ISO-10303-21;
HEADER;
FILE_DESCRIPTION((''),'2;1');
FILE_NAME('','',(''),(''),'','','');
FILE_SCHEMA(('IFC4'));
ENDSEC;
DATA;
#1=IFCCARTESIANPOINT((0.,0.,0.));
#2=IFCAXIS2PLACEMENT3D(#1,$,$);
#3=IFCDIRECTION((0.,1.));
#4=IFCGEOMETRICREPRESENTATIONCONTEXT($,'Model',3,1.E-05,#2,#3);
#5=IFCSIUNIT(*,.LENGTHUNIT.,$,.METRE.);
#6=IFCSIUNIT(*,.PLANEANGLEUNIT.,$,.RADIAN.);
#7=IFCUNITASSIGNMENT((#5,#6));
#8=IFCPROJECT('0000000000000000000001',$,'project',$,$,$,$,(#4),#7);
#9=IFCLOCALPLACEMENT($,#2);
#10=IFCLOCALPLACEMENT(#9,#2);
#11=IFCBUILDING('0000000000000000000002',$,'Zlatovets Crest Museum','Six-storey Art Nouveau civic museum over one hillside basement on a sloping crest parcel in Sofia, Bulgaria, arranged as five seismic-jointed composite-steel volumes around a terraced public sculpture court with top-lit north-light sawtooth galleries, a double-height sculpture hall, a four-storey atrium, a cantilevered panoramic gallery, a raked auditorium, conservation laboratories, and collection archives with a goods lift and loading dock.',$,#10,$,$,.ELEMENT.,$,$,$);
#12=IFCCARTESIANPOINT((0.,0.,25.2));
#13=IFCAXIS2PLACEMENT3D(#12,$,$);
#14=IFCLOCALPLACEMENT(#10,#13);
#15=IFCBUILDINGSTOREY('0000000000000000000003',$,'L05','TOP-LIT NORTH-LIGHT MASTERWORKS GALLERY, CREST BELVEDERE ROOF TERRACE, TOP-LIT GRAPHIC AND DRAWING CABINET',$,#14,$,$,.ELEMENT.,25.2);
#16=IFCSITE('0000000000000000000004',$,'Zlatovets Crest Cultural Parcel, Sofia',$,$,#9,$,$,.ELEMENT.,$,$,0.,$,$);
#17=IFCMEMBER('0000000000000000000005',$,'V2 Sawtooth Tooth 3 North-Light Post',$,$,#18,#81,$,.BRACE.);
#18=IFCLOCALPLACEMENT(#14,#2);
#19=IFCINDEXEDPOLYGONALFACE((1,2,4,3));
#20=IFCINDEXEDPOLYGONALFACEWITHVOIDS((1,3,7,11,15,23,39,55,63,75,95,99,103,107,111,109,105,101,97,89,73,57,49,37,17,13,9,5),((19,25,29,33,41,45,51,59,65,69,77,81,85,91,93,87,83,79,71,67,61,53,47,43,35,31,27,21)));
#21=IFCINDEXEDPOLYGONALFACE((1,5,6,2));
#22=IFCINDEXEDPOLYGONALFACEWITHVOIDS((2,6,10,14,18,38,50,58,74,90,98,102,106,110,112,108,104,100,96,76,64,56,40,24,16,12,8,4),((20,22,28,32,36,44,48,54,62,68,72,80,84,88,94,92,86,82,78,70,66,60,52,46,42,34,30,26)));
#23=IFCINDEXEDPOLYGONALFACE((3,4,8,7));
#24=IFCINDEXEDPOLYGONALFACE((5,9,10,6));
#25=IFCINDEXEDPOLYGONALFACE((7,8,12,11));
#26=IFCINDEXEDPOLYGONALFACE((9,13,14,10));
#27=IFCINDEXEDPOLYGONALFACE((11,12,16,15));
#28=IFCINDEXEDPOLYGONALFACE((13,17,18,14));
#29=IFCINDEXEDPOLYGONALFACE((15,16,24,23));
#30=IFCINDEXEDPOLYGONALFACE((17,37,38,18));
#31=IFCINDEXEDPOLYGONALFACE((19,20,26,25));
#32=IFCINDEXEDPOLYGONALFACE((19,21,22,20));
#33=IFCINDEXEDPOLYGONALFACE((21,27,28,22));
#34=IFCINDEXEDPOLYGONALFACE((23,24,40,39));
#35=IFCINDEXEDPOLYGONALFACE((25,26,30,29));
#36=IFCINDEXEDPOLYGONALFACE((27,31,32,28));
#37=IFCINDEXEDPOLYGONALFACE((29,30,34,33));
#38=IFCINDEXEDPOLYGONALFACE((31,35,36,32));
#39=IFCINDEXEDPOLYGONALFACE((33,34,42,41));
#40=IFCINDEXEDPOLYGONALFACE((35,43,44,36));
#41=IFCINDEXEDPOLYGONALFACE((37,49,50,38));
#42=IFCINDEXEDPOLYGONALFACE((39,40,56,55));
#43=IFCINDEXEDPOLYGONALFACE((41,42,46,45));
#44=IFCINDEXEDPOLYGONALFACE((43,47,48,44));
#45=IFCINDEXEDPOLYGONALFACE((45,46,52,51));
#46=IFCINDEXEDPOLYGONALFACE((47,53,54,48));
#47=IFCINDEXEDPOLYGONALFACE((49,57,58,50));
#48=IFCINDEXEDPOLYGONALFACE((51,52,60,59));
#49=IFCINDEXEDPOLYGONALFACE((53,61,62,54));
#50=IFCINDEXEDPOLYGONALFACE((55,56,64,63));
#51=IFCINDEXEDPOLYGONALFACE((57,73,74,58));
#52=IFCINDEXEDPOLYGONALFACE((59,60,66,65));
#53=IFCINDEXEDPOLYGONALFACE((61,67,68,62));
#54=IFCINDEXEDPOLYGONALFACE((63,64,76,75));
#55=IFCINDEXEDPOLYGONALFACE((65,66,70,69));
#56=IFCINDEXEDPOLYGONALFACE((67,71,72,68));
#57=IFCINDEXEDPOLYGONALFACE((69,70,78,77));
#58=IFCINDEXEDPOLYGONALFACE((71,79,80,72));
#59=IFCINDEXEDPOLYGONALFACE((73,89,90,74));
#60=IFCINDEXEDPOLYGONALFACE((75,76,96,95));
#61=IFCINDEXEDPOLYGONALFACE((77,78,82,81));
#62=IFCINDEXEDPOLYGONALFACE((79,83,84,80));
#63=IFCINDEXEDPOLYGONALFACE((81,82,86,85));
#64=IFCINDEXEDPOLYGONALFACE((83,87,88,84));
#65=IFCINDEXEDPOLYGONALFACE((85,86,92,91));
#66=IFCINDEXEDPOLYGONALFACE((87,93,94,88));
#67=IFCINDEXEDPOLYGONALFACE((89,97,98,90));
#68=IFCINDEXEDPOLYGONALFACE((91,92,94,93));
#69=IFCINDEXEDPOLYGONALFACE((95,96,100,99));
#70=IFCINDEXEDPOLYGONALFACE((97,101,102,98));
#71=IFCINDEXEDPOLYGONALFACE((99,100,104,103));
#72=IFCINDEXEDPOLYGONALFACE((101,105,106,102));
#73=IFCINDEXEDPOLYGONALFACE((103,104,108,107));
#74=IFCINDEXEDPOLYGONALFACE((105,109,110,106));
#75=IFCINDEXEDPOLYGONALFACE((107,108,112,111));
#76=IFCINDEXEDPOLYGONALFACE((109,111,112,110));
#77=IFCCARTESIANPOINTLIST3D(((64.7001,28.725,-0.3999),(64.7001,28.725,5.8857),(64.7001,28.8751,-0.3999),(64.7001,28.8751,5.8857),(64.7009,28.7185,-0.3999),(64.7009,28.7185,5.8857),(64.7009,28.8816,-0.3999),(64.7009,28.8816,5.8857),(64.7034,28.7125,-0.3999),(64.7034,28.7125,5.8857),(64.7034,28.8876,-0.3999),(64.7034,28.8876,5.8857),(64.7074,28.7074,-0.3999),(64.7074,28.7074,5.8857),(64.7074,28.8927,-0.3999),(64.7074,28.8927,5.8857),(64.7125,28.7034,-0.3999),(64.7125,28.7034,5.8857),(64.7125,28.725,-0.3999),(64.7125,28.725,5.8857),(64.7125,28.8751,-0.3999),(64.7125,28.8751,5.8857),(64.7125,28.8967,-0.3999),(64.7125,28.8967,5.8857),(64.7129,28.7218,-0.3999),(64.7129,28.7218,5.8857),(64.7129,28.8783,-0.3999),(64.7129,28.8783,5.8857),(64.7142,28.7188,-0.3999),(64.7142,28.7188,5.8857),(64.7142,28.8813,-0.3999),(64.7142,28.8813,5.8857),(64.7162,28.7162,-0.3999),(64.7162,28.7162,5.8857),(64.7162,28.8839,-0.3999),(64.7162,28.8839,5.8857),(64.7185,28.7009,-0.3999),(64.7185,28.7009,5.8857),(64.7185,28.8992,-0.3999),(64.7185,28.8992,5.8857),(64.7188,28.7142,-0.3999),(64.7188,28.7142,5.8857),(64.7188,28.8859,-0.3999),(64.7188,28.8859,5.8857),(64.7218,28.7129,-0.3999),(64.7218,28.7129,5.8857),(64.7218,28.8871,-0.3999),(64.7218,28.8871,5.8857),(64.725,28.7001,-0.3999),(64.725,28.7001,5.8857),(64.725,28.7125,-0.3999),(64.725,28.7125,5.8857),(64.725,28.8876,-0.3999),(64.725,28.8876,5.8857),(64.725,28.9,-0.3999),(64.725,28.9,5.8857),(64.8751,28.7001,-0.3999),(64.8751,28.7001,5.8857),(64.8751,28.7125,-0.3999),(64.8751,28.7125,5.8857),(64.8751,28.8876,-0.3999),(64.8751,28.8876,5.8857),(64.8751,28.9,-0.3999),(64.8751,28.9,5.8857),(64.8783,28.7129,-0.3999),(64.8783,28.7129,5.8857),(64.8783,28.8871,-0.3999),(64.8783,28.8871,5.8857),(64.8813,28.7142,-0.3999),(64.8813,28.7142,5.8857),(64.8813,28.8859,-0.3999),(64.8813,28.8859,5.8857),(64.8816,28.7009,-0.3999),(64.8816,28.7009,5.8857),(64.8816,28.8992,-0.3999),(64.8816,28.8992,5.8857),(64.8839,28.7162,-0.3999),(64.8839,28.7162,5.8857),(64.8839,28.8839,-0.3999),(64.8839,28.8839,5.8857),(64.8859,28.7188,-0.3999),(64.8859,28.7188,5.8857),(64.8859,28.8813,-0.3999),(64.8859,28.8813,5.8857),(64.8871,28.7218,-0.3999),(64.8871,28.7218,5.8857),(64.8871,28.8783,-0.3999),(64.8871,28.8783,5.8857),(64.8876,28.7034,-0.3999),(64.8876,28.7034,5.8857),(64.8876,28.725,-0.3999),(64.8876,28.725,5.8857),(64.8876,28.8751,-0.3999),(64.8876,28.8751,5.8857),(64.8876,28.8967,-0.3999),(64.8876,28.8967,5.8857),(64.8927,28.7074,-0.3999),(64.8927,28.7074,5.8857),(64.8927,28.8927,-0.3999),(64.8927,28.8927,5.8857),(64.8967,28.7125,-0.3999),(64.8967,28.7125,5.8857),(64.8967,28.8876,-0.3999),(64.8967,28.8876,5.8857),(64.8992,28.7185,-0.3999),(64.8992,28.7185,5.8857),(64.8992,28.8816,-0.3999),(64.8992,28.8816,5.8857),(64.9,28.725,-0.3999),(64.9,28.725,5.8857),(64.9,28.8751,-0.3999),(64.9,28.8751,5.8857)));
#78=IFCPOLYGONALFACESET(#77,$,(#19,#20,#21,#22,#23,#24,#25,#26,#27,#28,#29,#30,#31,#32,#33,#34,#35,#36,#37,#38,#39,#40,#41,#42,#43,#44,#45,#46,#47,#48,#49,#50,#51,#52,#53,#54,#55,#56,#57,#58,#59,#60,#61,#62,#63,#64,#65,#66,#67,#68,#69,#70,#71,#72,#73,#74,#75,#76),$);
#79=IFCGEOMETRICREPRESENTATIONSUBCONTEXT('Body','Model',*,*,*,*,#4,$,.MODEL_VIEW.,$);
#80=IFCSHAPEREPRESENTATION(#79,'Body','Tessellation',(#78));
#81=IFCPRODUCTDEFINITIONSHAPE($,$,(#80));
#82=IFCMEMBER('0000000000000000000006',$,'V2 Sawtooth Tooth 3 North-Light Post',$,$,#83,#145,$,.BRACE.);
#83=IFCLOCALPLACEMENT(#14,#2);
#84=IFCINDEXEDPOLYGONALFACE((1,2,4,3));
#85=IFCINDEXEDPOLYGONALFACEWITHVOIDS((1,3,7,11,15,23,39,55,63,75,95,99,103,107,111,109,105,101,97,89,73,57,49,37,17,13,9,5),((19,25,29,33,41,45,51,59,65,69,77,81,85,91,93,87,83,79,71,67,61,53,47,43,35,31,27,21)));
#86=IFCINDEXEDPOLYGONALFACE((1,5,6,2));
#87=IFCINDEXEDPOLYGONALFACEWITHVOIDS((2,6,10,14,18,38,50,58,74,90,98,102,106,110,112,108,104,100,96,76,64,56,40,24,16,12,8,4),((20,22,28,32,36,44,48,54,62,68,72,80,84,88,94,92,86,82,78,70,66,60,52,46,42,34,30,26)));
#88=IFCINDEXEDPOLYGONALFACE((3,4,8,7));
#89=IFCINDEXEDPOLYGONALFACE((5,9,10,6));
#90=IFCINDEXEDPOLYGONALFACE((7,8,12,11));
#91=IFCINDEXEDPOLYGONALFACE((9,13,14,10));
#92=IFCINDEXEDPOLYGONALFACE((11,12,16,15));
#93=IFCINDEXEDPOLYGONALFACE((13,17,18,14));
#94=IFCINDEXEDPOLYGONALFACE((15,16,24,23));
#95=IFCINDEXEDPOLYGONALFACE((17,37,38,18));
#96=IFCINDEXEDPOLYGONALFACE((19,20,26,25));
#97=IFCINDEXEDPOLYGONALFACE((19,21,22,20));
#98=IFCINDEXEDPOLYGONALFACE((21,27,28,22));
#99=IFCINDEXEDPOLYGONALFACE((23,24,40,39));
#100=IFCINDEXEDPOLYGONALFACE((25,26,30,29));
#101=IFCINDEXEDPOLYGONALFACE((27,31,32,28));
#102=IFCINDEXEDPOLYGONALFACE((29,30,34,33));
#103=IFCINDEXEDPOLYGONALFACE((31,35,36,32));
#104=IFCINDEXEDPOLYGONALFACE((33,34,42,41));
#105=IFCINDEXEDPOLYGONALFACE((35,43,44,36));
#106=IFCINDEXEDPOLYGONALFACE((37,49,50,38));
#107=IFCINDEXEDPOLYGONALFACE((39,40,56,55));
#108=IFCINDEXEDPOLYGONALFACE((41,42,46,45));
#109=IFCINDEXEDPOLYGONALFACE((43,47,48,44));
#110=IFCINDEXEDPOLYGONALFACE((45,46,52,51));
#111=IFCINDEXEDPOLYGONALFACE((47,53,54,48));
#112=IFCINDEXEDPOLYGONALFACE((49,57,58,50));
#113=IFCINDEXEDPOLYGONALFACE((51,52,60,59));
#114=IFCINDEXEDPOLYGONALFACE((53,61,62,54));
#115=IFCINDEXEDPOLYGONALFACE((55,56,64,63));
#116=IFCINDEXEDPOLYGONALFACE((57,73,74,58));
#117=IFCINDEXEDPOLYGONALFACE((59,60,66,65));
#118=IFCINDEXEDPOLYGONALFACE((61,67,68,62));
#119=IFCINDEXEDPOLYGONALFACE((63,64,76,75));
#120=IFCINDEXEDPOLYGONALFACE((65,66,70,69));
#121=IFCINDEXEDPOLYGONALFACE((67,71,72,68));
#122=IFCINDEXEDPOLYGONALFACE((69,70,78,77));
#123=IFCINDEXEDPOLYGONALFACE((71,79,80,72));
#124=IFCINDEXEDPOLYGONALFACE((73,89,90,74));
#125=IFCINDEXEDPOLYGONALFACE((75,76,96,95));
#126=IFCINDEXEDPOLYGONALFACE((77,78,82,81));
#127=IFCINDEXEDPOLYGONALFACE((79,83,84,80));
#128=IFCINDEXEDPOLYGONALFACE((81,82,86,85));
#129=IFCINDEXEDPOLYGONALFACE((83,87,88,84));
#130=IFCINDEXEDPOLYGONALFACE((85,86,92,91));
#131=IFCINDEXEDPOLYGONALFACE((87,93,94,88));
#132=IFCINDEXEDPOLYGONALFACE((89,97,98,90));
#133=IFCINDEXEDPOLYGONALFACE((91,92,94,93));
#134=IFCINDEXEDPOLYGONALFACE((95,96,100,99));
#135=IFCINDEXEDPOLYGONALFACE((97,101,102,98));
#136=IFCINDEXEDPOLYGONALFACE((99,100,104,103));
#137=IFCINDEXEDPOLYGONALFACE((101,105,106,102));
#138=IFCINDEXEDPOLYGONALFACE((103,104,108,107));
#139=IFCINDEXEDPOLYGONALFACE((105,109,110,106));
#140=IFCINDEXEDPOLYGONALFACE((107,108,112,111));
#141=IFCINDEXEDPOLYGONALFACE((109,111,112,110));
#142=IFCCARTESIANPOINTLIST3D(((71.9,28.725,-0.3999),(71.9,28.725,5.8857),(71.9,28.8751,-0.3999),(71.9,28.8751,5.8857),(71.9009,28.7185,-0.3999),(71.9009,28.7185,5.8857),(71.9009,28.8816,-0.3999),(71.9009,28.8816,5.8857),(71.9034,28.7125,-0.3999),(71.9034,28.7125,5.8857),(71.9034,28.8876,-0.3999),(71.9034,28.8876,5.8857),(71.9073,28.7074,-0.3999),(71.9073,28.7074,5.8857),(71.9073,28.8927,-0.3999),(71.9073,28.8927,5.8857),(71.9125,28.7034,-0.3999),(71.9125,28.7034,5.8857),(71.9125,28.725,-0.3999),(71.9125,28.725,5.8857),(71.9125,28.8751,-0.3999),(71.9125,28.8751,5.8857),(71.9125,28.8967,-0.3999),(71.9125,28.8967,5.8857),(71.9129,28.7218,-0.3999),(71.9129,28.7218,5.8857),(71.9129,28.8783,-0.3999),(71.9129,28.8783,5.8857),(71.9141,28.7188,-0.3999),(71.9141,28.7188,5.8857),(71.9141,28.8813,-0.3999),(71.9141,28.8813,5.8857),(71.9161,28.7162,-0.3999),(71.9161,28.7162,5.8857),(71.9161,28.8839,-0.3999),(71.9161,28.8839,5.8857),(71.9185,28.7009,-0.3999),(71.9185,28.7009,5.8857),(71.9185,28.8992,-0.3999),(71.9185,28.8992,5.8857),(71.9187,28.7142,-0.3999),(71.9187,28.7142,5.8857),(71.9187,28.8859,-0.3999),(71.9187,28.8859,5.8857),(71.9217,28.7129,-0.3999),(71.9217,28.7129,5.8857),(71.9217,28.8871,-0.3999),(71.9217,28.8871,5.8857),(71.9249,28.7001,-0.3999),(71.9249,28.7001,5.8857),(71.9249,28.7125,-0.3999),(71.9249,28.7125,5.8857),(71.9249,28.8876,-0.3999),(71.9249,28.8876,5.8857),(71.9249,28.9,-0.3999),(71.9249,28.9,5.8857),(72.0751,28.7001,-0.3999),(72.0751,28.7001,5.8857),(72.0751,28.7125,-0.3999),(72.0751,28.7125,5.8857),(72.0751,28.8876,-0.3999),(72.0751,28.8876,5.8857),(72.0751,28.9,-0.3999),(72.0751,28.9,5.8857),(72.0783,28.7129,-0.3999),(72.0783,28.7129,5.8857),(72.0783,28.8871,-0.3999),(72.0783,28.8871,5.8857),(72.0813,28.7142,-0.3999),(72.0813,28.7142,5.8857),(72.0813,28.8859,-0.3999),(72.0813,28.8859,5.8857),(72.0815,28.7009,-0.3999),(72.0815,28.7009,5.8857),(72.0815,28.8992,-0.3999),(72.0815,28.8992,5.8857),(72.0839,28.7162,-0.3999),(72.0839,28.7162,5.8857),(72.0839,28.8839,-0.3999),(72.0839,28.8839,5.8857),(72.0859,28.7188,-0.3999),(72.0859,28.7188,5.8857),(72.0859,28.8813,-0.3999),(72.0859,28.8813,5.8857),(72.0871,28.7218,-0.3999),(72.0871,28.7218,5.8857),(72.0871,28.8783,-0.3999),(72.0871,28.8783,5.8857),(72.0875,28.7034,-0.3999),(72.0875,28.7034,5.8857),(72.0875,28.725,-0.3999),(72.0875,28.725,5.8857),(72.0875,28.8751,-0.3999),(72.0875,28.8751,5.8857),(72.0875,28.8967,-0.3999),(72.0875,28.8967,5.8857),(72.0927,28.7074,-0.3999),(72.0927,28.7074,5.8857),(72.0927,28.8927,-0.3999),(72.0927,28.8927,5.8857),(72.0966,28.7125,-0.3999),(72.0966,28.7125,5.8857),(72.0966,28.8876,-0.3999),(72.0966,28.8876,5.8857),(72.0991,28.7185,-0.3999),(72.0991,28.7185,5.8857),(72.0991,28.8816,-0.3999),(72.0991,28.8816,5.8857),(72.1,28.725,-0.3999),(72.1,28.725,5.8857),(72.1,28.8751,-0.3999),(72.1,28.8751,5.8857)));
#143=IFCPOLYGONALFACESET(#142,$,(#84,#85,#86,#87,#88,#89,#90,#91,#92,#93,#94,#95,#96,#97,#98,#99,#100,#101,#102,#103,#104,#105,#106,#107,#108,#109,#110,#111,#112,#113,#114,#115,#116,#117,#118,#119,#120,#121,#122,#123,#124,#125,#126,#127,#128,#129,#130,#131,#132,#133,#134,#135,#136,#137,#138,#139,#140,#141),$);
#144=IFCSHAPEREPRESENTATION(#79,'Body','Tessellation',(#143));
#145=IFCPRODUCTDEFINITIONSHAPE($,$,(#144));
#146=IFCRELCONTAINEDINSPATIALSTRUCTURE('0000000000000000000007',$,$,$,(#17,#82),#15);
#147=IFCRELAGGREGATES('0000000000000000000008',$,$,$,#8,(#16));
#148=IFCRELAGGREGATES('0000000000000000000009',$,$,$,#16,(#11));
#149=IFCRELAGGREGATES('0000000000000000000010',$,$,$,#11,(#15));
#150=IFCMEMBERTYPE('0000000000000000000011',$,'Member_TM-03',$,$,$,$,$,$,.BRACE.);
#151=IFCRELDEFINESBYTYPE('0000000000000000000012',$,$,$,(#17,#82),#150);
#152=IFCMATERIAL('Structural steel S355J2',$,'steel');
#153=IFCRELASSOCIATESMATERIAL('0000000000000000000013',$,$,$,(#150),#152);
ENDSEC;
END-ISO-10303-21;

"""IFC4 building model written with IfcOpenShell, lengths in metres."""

from ifc_helpers import new_model, si_unit, direction, frame, origin, origin_2d, place, context, subcontext, project, spatial, hollow_rectangle, extrude, material, material_profile, profile_set, type_object, element, save


model = new_model("IFC4")

# Units and contexts
model_context = context("Model", 3, precision=1e-05, world=origin(), true_north=direction((0.0, 1.0)))
body_context = subcontext(model_context, "Body", "Model", "MODEL_VIEW")
ifc_project = project(units=[si_unit("LENGTHUNIT", "METRE"), si_unit("PLANEANGLEUNIT", "RADIAN")], contexts=[model_context])

# Site, building, storey
site_placement = place(None, origin())
site = spatial("IfcSite", under=ifc_project, at=site_placement, Name="Zlatovets Crest Cultural Parcel, Sofia", CompositionType="ELEMENT", RefElevation=0.0)
building_placement = place(site_placement, origin())
building = spatial("IfcBuilding", under=site, at=building_placement, Name="Zlatovets Crest Museum", Description="Six-storey Art Nouveau civic museum over one hillside basement on a sloping crest parcel in Sofia, Bulgaria, arranged as five seismic-jointed composite-steel volumes around a terraced public sculpture court with top-lit north-light sawtooth galleries, a double-height sculpture hall, a four-storey atrium, a cantilevered panoramic gallery, a raked auditorium, conservation laboratories, and collection archives with a goods lift and loading dock.", CompositionType="ELEMENT")
storey_placement = place(building_placement, frame((0.0, 0.0, 25.2)))
storey = spatial("IfcBuildingStorey", under=building, at=storey_placement, Name="L05", Description="TOP-LIT NORTH-LIGHT MASTERWORKS GALLERY, CREST BELVEDERE ROOF TERRACE, TOP-LIT GRAPHIC AND DRAWING CABINET", CompositionType="ELEMENT", Elevation=25.2)

# Shared definitions
ifc_material_1 = material(Name="Structural steel S355J2", Category="steel")

# Members
ifc_material_profile_1 = material_profile(ifc_material_1, hollow_rectangle(XDim=0.2, YDim=0.2, WallThickness=0.0125, InnerFilletRadius=0.0125, OuterFilletRadius=0.0249, at=origin_2d()), Name="SHS 200x200x12.5")
ifc_profile_set_1 = profile_set([ifc_material_profile_1], Name="Structural steel S355J2")
member_type_1 = type_object("IfcMemberType", Name="Member_TM-03", PredefinedType="BRACE", material=ifc_profile_set_1)
for number, where, z_axis, x_axis, name in (
    (1, (64.8, 28.8, -0.3999), (0.0, 0.0, 1.0), (1.0, 0.0, 0.0), "V2 Sawtooth Tooth 3 North-Light Post"),
    (2, (72.0, 28.8, -0.3999), (0.0, 0.0, 1.0), (1.0, 0.0, 0.0), "V2 Sawtooth Tooth 3 North-Light Post"),
):
    element("IfcMember", number, at=place(storey_placement, frame(where, z_axis=z_axis, x_axis=x_axis)), inside=storey, type_object=member_type_1, Name=name, PredefinedType="BRACE", context=body_context, shape_type="SweptSolid", body=[
        extrude(hollow_rectangle(XDim=0.2, YDim=0.2, WallThickness=0.0125, InnerFilletRadius=0.0125, OuterFilletRadius=0.0249, at=origin_2d()), origin(), (0.0, 0.0, 1.0), 6.2856),
    ])

save(model, "model.ifc")
